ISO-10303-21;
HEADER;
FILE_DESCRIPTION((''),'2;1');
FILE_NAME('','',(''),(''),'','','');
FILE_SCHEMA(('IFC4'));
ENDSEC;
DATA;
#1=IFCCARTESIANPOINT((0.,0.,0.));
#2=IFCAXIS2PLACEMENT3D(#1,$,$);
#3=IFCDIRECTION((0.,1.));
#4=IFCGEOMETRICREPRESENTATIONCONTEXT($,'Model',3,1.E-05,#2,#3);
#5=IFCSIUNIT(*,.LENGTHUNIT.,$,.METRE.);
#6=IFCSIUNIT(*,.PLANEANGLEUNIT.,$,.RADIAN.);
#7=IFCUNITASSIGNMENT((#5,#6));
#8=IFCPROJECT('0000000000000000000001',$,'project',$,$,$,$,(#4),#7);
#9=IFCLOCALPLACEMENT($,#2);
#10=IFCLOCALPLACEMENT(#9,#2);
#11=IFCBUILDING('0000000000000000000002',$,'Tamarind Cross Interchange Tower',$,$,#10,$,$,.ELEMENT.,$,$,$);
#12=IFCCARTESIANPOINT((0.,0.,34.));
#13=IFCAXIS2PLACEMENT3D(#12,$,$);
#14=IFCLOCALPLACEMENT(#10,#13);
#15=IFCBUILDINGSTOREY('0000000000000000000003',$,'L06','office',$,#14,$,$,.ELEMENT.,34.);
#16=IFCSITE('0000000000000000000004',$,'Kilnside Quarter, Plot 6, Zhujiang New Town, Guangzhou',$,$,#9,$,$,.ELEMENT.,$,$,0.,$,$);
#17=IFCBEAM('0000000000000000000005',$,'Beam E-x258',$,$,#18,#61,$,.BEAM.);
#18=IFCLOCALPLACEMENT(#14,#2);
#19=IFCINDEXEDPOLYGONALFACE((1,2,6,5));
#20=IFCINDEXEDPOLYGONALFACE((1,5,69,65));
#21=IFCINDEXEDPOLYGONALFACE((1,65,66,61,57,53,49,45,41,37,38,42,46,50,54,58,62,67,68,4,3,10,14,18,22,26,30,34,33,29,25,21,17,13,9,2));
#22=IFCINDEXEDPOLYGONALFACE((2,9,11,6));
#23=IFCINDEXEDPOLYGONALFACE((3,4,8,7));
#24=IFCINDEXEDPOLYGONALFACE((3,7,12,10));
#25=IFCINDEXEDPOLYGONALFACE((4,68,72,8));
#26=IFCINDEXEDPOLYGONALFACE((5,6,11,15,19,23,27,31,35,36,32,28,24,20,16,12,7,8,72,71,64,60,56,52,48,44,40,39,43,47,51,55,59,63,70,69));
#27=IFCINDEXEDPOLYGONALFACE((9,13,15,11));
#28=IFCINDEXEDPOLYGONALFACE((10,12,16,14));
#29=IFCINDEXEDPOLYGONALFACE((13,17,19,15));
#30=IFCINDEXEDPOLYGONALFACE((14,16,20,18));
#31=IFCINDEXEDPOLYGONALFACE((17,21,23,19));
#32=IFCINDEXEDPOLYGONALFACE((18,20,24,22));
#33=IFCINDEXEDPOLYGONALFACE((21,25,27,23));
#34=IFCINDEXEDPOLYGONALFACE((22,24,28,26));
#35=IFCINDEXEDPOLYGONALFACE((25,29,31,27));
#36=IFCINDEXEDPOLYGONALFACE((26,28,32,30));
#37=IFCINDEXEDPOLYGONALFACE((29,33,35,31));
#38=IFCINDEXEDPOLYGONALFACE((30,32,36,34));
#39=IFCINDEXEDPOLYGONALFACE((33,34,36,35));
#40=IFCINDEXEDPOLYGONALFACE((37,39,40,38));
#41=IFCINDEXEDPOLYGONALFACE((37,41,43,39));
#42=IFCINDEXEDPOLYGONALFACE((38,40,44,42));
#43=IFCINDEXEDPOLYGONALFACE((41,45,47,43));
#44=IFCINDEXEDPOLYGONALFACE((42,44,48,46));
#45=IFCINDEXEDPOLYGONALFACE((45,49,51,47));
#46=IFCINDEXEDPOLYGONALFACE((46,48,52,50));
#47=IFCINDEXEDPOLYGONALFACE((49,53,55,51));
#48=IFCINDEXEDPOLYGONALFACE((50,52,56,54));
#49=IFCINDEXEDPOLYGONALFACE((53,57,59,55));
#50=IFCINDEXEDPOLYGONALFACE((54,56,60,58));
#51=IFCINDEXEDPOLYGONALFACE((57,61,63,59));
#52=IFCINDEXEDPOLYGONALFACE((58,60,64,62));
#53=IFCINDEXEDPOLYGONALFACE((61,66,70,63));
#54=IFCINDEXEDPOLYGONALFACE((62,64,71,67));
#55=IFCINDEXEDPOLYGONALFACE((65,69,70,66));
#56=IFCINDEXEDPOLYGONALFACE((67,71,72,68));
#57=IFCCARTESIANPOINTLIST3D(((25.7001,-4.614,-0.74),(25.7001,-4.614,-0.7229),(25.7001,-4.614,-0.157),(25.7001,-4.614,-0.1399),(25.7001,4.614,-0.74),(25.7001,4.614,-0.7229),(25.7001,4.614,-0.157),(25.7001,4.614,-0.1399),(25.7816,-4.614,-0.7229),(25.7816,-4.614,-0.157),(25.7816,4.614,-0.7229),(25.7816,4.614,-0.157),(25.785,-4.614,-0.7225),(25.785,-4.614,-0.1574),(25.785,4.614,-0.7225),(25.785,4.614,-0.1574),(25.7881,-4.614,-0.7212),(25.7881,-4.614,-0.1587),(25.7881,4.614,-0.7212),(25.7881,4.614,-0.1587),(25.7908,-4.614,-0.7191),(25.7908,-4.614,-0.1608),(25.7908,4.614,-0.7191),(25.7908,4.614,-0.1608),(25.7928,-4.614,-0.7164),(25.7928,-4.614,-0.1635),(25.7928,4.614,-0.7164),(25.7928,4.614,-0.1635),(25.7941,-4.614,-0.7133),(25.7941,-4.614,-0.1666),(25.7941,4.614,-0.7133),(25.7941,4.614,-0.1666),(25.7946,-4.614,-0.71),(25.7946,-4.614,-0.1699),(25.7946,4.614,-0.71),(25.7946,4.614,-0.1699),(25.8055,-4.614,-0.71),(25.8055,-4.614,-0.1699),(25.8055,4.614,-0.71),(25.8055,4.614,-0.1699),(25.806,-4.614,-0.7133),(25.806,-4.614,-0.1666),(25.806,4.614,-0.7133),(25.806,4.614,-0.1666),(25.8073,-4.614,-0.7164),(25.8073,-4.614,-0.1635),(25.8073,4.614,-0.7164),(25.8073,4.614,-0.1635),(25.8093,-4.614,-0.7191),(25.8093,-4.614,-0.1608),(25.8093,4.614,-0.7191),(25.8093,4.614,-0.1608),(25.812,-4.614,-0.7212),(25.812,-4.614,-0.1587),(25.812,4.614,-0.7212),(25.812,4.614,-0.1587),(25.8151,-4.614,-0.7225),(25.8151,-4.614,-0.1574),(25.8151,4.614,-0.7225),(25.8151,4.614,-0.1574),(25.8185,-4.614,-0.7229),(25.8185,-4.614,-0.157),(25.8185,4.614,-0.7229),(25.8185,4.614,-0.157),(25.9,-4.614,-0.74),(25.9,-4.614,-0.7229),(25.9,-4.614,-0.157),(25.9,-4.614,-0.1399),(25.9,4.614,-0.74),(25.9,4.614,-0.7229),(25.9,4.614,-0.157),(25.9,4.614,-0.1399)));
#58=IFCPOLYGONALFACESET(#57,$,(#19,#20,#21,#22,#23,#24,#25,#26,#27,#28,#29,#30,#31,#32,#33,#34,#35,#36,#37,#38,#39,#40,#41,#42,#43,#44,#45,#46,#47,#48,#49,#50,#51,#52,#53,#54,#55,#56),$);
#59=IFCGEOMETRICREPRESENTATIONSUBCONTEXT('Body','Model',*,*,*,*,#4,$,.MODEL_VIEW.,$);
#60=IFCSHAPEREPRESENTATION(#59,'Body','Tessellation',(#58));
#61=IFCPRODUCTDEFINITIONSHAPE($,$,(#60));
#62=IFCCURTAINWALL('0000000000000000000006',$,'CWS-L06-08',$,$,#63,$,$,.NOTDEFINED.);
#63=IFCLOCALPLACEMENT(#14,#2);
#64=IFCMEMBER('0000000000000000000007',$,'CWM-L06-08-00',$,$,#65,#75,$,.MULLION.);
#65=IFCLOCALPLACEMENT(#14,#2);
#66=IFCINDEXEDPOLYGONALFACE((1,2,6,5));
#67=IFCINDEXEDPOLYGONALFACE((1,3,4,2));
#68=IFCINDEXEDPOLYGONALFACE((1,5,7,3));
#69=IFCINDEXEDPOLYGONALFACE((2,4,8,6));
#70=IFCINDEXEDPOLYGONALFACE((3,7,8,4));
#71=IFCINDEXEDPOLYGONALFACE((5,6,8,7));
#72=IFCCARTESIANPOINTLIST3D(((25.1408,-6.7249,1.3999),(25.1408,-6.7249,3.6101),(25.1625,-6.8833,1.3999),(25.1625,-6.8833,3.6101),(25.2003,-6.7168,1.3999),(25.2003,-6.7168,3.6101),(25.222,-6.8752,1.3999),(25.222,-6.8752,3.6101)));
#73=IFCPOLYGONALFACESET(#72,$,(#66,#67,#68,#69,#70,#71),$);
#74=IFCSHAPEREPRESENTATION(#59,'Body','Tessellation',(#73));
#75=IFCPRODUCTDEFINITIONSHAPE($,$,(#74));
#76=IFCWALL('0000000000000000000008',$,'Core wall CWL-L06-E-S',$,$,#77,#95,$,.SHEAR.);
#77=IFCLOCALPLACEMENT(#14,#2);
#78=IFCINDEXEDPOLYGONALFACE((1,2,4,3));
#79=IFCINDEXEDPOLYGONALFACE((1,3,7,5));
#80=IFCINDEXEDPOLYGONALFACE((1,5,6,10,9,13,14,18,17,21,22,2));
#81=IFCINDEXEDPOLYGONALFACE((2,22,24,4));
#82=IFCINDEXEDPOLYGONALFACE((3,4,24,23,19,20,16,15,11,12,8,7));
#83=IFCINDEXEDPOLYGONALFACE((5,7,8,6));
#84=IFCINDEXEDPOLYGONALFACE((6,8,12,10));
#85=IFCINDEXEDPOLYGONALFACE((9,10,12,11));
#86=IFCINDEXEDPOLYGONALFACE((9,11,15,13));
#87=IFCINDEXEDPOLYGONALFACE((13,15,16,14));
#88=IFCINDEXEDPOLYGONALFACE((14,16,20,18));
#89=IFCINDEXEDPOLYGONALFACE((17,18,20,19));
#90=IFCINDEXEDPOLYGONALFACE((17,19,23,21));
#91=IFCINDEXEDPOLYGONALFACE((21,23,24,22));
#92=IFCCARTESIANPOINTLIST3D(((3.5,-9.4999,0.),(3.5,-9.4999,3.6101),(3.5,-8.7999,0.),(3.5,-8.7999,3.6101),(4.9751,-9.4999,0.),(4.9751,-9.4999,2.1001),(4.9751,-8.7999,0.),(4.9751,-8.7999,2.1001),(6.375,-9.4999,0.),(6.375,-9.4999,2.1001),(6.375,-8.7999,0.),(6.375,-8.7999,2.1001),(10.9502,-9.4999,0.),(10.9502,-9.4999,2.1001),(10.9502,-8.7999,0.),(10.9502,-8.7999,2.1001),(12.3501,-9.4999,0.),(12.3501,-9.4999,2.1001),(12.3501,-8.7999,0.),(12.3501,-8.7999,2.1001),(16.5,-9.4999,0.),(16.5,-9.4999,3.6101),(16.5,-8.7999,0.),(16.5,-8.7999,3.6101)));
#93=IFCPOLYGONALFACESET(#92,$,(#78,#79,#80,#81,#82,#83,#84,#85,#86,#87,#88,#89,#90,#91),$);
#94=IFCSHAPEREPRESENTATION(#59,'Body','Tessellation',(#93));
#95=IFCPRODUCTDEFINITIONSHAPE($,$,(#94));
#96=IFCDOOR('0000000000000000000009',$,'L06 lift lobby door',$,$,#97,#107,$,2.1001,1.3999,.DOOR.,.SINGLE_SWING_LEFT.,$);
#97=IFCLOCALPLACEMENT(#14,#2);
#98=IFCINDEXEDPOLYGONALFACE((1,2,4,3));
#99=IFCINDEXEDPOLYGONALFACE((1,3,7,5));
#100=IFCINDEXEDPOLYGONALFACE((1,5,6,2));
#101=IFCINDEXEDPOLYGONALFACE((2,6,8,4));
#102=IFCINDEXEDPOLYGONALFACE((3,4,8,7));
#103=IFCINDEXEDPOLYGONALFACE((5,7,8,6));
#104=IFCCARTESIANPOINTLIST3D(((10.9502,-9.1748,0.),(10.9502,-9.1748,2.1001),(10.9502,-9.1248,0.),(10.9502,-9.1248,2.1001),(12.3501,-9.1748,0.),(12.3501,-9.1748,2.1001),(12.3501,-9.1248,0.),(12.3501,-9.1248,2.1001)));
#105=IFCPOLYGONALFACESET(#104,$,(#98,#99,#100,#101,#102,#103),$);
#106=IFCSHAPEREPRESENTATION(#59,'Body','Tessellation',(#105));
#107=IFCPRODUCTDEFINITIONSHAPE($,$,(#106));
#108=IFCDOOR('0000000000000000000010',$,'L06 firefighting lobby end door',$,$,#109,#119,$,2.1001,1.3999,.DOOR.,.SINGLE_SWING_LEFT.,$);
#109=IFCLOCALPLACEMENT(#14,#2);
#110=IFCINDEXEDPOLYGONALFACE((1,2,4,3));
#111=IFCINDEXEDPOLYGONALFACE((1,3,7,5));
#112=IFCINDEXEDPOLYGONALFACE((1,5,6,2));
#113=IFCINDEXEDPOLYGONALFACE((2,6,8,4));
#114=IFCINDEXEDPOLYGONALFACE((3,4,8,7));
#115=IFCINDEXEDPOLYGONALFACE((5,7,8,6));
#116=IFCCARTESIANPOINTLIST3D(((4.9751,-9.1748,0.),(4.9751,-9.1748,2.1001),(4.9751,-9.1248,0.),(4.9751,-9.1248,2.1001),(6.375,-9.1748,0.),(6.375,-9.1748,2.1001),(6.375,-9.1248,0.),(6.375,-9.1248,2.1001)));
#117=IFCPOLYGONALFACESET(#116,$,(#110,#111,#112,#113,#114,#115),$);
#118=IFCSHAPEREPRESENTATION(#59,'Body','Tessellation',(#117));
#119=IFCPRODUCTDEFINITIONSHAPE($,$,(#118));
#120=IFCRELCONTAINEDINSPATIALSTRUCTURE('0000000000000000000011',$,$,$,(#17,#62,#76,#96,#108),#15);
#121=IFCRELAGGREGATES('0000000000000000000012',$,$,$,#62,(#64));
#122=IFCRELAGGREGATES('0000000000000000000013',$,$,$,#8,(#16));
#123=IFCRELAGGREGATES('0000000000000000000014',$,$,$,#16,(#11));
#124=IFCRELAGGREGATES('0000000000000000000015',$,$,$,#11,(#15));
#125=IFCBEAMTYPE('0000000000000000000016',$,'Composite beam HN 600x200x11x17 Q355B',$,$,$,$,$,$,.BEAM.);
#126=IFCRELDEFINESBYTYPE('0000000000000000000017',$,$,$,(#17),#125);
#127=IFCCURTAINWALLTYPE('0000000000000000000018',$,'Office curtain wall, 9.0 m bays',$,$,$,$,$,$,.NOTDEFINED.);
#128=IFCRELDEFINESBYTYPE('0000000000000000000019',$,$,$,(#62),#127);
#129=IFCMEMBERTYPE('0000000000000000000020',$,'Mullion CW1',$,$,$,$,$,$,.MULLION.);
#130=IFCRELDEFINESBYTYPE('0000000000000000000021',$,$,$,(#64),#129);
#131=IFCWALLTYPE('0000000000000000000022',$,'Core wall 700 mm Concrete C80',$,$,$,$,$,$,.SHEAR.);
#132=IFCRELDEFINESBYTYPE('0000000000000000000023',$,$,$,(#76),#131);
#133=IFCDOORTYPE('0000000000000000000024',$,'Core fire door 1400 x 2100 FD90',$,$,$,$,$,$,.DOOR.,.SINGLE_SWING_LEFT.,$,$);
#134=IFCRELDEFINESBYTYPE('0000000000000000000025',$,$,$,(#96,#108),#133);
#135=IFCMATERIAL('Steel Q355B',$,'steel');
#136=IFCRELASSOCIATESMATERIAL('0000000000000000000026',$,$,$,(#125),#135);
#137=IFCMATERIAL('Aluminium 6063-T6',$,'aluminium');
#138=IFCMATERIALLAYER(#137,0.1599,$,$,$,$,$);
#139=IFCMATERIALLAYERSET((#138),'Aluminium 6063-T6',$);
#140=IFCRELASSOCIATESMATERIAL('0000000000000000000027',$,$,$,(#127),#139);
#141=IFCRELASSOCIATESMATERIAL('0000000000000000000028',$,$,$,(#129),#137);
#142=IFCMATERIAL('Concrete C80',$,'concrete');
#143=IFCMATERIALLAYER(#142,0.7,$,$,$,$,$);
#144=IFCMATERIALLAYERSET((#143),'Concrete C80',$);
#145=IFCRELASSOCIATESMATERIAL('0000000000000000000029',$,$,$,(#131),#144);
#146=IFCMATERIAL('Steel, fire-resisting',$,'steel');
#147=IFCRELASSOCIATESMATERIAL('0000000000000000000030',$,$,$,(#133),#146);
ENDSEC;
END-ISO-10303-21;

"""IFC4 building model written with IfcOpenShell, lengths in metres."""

from ifc_helpers import new_model, si_unit, direction, frame, frame_2d, origin, origin_2d, place, context, subcontext, project, spatial, rectangle, i_section, extrude, material, layer, layer_set, material_profile, profile_set, type_object, element, fill, aggregate, save


model = new_model("IFC4")

# Units and contexts
model_context = context("Model", 3, precision=1e-05, world=origin(), true_north=direction((0.0, 1.0)))
body_context = subcontext(model_context, "Body", "Model", "MODEL_VIEW")
ifc_project = project(units=[si_unit("LENGTHUNIT", "METRE"), si_unit("PLANEANGLEUNIT", "RADIAN")], contexts=[model_context])

# Site, building, storey
site_placement = place(None, origin())
site = spatial("IfcSite", under=ifc_project, at=site_placement, Name="Kilnside Quarter, Plot 6, Zhujiang New Town, Guangzhou", CompositionType="ELEMENT", RefElevation=0.0)
building_placement = place(site_placement, origin())
building = spatial("IfcBuilding", under=site, at=building_placement, Name="Tamarind Cross Interchange Tower", CompositionType="ELEMENT")
storey_placement = place(building_placement, frame((0.0, 0.0, 34.0)))
storey = spatial("IfcBuildingStorey", under=building, at=storey_placement, Name="L06", Description="office", CompositionType="ELEMENT", Elevation=34.0)

# Beam
ifc_material_1 = material(Name="Steel Q355B", Category="steel")
ifc_material_profile_1 = material_profile(ifc_material_1, i_section(OverallWidth=0.2, OverallDepth=0.6001, WebThickness=0.011, FlangeThickness=0.0171, FilletRadius=0.0129, at=origin_2d()), Name="HN 600x200x11x17")
ifc_profile_set_1 = profile_set([ifc_material_profile_1], Name="Steel Q355B")
beam_type_1 = type_object("IfcBeamType", Name="Composite beam HN 600x200x11x17 Q355B", PredefinedType="BEAM", material=ifc_profile_set_1)
beam_1_placement = place(storey_placement, frame((25.8, -4.614, -0.4399), z_axis=(0.0, 1.0, 0.0), x_axis=(-1.0, 0.0, 0.0)))
element("IfcBeam", 1, at=beam_1_placement, inside=storey, type_object=beam_type_1, Name="Beam E-x258", PredefinedType="BEAM", context=body_context, shape_type="SweptSolid", body=[
    extrude(i_section(OverallWidth=0.2, OverallDepth=0.6001, WebThickness=0.011, FlangeThickness=0.0171, FilletRadius=0.0129, at=origin_2d()), origin(), (0.0, 0.0, 1.0), 9.228),
])

# Curtain wall, member
ifc_material_2 = material(Name="Aluminium 6063-T6", Category="aluminium")
ifc_layer_1 = layer(ifc_material_2, 0.1599)
ifc_layer_set_1 = layer_set([ifc_layer_1], Name="Aluminium 6063-T6")
curtain_wall_type = type_object("IfcCurtainWallType", Name="Office curtain wall, 9.0 m bays", PredefinedType="NOTDEFINED", material=ifc_layer_set_1)
curtain_wall_placement = place(storey_placement, origin())
curtain_wall = element("IfcCurtainWall", 2, at=curtain_wall_placement, inside=storey, type_object=curtain_wall_type, Name="CWS-L06-08", PredefinedType="NOTDEFINED")
ifc_material_profile_2 = material_profile(ifc_material_2, rectangle(XDim=0.0601, YDim=0.1599, at=origin_2d()), Name="Mullion CW1")
ifc_profile_set_2 = profile_set([ifc_material_profile_2], Name="Aluminium 6063-T6")
member_type = type_object("IfcMemberType", Name="Mullion CW1", PredefinedType="MULLION", material=ifc_profile_set_2)
member_placement = place(storey_placement, frame((25.1814, -6.8, 1.3999), z_axis=(0.0, 0.0, 1.0), x_axis=(0.990751, 0.135689, 0.0)))
member = element("IfcMember", 3, at=member_placement, type_object=member_type, Name="CWM-L06-08-00", PredefinedType="MULLION", context=body_context, shape_type="SweptSolid", body=[
    extrude(rectangle(XDim=0.0601, YDim=0.1599, at=origin_2d()), origin(), (0.0, 0.0, 1.0), 2.2102),
])
aggregate(curtain_wall, [member])

# Wall, openings, doors
ifc_material_3 = material(Name="Concrete C80", Category="concrete")
ifc_layer_2 = layer(ifc_material_3, 0.7)
ifc_layer_set_2 = layer_set([ifc_layer_2], Name="Concrete C80")
wall_type_1 = type_object("IfcWallType", Name="Core wall 700 mm Concrete C80", PredefinedType="SHEAR", material=ifc_layer_set_2)
wall_1_placement = place(storey_placement, frame((16.5, -9.1499, 0.0), z_axis=(0.0, 0.0, 1.0), x_axis=(-1.0, 0.0, 0.0)))
wall_1 = element("IfcWall", 4, at=wall_1_placement, inside=storey, type_object=wall_type_1, Name="Core wall CWL-L06-E-S", PredefinedType="SHEAR", context=body_context, shape_type="SweptSolid", body=[
    extrude(rectangle(XDim=13.0, YDim=0.7, at=frame_2d((6.5, 0.0))), origin(), (0.0, 0.0, 1.0), 3.6101),
])
opening_1_placement = place(wall_1_placement, frame((4.1499, 0.0, 0.0)))
opening_1 = element("IfcOpeningElement", 5, at=opening_1_placement, cuts=wall_1, PredefinedType="OPENING", context=body_context, shape_type="SweptSolid", body=[
    extrude(rectangle(XDim=1.3999, YDim=2.1001, at=frame_2d((0.7, 1.05))), frame((0.0, 0.3599, 0.0), z_axis=(0.0, -1.0, 0.0), x_axis=(1.0, 0.0, 0.0)), (0.0, 0.0, 1.0), 0.72),
])
opening_2_placement = place(wall_1_placement, frame((10.125, 0.0, 0.0)))
opening_2 = element("IfcOpeningElement", 6, at=opening_2_placement, cuts=wall_1, PredefinedType="OPENING", context=body_context, shape_type="SweptSolid", body=[
    extrude(rectangle(XDim=1.3999, YDim=2.1001, at=frame_2d((0.7, 1.05))), frame((0.0, 0.3599, 0.0), z_axis=(0.0, -1.0, 0.0), x_axis=(1.0, 0.0, 0.0)), (0.0, 0.0, 1.0), 0.72),
])
ifc_material_4 = material(Name="Steel, fire-resisting", Category="steel")
door_type_1 = type_object("IfcDoorType", Name="Core fire door 1400 x 2100 FD90", OperationType="SINGLE_SWING_LEFT", PredefinedType="DOOR", material=ifc_material_4)
door_1_placement = place(opening_1_placement, origin())
door_1 = element("IfcDoor", 7, at=door_1_placement, inside=storey, type_object=door_type_1, Name="L06 lift lobby door", OperationType="SINGLE_SWING_LEFT", OverallHeight=2.1001, OverallWidth=1.3999, PredefinedType="DOOR", context=body_context, shape_type="SweptSolid", body=[
    extrude(rectangle(XDim=1.3999, YDim=2.1001, at=frame_2d((0.7, 1.05))), frame((0.0, 0.0249, 0.0), z_axis=(0.0, -1.0, 0.0), x_axis=(1.0, 0.0, 0.0)), (0.0, 0.0, 1.0), 0.05),
])
fill(opening_1, door_1)
door_2_placement = place(opening_2_placement, origin())
door_2 = element("IfcDoor", 8, at=door_2_placement, inside=storey, type_object=door_type_1, Name="L06 firefighting lobby end door", OperationType="SINGLE_SWING_LEFT", OverallHeight=2.1001, OverallWidth=1.3999, PredefinedType="DOOR", context=body_context, shape_type="SweptSolid", body=[
    extrude(rectangle(XDim=1.3999, YDim=2.1001, at=frame_2d((0.7, 1.05))), frame((0.0, 0.0249, 0.0), z_axis=(0.0, -1.0, 0.0), x_axis=(1.0, 0.0, 0.0)), (0.0, 0.0, 1.0), 0.05),
])
fill(opening_2, door_2)

save(model, "model.ifc")
